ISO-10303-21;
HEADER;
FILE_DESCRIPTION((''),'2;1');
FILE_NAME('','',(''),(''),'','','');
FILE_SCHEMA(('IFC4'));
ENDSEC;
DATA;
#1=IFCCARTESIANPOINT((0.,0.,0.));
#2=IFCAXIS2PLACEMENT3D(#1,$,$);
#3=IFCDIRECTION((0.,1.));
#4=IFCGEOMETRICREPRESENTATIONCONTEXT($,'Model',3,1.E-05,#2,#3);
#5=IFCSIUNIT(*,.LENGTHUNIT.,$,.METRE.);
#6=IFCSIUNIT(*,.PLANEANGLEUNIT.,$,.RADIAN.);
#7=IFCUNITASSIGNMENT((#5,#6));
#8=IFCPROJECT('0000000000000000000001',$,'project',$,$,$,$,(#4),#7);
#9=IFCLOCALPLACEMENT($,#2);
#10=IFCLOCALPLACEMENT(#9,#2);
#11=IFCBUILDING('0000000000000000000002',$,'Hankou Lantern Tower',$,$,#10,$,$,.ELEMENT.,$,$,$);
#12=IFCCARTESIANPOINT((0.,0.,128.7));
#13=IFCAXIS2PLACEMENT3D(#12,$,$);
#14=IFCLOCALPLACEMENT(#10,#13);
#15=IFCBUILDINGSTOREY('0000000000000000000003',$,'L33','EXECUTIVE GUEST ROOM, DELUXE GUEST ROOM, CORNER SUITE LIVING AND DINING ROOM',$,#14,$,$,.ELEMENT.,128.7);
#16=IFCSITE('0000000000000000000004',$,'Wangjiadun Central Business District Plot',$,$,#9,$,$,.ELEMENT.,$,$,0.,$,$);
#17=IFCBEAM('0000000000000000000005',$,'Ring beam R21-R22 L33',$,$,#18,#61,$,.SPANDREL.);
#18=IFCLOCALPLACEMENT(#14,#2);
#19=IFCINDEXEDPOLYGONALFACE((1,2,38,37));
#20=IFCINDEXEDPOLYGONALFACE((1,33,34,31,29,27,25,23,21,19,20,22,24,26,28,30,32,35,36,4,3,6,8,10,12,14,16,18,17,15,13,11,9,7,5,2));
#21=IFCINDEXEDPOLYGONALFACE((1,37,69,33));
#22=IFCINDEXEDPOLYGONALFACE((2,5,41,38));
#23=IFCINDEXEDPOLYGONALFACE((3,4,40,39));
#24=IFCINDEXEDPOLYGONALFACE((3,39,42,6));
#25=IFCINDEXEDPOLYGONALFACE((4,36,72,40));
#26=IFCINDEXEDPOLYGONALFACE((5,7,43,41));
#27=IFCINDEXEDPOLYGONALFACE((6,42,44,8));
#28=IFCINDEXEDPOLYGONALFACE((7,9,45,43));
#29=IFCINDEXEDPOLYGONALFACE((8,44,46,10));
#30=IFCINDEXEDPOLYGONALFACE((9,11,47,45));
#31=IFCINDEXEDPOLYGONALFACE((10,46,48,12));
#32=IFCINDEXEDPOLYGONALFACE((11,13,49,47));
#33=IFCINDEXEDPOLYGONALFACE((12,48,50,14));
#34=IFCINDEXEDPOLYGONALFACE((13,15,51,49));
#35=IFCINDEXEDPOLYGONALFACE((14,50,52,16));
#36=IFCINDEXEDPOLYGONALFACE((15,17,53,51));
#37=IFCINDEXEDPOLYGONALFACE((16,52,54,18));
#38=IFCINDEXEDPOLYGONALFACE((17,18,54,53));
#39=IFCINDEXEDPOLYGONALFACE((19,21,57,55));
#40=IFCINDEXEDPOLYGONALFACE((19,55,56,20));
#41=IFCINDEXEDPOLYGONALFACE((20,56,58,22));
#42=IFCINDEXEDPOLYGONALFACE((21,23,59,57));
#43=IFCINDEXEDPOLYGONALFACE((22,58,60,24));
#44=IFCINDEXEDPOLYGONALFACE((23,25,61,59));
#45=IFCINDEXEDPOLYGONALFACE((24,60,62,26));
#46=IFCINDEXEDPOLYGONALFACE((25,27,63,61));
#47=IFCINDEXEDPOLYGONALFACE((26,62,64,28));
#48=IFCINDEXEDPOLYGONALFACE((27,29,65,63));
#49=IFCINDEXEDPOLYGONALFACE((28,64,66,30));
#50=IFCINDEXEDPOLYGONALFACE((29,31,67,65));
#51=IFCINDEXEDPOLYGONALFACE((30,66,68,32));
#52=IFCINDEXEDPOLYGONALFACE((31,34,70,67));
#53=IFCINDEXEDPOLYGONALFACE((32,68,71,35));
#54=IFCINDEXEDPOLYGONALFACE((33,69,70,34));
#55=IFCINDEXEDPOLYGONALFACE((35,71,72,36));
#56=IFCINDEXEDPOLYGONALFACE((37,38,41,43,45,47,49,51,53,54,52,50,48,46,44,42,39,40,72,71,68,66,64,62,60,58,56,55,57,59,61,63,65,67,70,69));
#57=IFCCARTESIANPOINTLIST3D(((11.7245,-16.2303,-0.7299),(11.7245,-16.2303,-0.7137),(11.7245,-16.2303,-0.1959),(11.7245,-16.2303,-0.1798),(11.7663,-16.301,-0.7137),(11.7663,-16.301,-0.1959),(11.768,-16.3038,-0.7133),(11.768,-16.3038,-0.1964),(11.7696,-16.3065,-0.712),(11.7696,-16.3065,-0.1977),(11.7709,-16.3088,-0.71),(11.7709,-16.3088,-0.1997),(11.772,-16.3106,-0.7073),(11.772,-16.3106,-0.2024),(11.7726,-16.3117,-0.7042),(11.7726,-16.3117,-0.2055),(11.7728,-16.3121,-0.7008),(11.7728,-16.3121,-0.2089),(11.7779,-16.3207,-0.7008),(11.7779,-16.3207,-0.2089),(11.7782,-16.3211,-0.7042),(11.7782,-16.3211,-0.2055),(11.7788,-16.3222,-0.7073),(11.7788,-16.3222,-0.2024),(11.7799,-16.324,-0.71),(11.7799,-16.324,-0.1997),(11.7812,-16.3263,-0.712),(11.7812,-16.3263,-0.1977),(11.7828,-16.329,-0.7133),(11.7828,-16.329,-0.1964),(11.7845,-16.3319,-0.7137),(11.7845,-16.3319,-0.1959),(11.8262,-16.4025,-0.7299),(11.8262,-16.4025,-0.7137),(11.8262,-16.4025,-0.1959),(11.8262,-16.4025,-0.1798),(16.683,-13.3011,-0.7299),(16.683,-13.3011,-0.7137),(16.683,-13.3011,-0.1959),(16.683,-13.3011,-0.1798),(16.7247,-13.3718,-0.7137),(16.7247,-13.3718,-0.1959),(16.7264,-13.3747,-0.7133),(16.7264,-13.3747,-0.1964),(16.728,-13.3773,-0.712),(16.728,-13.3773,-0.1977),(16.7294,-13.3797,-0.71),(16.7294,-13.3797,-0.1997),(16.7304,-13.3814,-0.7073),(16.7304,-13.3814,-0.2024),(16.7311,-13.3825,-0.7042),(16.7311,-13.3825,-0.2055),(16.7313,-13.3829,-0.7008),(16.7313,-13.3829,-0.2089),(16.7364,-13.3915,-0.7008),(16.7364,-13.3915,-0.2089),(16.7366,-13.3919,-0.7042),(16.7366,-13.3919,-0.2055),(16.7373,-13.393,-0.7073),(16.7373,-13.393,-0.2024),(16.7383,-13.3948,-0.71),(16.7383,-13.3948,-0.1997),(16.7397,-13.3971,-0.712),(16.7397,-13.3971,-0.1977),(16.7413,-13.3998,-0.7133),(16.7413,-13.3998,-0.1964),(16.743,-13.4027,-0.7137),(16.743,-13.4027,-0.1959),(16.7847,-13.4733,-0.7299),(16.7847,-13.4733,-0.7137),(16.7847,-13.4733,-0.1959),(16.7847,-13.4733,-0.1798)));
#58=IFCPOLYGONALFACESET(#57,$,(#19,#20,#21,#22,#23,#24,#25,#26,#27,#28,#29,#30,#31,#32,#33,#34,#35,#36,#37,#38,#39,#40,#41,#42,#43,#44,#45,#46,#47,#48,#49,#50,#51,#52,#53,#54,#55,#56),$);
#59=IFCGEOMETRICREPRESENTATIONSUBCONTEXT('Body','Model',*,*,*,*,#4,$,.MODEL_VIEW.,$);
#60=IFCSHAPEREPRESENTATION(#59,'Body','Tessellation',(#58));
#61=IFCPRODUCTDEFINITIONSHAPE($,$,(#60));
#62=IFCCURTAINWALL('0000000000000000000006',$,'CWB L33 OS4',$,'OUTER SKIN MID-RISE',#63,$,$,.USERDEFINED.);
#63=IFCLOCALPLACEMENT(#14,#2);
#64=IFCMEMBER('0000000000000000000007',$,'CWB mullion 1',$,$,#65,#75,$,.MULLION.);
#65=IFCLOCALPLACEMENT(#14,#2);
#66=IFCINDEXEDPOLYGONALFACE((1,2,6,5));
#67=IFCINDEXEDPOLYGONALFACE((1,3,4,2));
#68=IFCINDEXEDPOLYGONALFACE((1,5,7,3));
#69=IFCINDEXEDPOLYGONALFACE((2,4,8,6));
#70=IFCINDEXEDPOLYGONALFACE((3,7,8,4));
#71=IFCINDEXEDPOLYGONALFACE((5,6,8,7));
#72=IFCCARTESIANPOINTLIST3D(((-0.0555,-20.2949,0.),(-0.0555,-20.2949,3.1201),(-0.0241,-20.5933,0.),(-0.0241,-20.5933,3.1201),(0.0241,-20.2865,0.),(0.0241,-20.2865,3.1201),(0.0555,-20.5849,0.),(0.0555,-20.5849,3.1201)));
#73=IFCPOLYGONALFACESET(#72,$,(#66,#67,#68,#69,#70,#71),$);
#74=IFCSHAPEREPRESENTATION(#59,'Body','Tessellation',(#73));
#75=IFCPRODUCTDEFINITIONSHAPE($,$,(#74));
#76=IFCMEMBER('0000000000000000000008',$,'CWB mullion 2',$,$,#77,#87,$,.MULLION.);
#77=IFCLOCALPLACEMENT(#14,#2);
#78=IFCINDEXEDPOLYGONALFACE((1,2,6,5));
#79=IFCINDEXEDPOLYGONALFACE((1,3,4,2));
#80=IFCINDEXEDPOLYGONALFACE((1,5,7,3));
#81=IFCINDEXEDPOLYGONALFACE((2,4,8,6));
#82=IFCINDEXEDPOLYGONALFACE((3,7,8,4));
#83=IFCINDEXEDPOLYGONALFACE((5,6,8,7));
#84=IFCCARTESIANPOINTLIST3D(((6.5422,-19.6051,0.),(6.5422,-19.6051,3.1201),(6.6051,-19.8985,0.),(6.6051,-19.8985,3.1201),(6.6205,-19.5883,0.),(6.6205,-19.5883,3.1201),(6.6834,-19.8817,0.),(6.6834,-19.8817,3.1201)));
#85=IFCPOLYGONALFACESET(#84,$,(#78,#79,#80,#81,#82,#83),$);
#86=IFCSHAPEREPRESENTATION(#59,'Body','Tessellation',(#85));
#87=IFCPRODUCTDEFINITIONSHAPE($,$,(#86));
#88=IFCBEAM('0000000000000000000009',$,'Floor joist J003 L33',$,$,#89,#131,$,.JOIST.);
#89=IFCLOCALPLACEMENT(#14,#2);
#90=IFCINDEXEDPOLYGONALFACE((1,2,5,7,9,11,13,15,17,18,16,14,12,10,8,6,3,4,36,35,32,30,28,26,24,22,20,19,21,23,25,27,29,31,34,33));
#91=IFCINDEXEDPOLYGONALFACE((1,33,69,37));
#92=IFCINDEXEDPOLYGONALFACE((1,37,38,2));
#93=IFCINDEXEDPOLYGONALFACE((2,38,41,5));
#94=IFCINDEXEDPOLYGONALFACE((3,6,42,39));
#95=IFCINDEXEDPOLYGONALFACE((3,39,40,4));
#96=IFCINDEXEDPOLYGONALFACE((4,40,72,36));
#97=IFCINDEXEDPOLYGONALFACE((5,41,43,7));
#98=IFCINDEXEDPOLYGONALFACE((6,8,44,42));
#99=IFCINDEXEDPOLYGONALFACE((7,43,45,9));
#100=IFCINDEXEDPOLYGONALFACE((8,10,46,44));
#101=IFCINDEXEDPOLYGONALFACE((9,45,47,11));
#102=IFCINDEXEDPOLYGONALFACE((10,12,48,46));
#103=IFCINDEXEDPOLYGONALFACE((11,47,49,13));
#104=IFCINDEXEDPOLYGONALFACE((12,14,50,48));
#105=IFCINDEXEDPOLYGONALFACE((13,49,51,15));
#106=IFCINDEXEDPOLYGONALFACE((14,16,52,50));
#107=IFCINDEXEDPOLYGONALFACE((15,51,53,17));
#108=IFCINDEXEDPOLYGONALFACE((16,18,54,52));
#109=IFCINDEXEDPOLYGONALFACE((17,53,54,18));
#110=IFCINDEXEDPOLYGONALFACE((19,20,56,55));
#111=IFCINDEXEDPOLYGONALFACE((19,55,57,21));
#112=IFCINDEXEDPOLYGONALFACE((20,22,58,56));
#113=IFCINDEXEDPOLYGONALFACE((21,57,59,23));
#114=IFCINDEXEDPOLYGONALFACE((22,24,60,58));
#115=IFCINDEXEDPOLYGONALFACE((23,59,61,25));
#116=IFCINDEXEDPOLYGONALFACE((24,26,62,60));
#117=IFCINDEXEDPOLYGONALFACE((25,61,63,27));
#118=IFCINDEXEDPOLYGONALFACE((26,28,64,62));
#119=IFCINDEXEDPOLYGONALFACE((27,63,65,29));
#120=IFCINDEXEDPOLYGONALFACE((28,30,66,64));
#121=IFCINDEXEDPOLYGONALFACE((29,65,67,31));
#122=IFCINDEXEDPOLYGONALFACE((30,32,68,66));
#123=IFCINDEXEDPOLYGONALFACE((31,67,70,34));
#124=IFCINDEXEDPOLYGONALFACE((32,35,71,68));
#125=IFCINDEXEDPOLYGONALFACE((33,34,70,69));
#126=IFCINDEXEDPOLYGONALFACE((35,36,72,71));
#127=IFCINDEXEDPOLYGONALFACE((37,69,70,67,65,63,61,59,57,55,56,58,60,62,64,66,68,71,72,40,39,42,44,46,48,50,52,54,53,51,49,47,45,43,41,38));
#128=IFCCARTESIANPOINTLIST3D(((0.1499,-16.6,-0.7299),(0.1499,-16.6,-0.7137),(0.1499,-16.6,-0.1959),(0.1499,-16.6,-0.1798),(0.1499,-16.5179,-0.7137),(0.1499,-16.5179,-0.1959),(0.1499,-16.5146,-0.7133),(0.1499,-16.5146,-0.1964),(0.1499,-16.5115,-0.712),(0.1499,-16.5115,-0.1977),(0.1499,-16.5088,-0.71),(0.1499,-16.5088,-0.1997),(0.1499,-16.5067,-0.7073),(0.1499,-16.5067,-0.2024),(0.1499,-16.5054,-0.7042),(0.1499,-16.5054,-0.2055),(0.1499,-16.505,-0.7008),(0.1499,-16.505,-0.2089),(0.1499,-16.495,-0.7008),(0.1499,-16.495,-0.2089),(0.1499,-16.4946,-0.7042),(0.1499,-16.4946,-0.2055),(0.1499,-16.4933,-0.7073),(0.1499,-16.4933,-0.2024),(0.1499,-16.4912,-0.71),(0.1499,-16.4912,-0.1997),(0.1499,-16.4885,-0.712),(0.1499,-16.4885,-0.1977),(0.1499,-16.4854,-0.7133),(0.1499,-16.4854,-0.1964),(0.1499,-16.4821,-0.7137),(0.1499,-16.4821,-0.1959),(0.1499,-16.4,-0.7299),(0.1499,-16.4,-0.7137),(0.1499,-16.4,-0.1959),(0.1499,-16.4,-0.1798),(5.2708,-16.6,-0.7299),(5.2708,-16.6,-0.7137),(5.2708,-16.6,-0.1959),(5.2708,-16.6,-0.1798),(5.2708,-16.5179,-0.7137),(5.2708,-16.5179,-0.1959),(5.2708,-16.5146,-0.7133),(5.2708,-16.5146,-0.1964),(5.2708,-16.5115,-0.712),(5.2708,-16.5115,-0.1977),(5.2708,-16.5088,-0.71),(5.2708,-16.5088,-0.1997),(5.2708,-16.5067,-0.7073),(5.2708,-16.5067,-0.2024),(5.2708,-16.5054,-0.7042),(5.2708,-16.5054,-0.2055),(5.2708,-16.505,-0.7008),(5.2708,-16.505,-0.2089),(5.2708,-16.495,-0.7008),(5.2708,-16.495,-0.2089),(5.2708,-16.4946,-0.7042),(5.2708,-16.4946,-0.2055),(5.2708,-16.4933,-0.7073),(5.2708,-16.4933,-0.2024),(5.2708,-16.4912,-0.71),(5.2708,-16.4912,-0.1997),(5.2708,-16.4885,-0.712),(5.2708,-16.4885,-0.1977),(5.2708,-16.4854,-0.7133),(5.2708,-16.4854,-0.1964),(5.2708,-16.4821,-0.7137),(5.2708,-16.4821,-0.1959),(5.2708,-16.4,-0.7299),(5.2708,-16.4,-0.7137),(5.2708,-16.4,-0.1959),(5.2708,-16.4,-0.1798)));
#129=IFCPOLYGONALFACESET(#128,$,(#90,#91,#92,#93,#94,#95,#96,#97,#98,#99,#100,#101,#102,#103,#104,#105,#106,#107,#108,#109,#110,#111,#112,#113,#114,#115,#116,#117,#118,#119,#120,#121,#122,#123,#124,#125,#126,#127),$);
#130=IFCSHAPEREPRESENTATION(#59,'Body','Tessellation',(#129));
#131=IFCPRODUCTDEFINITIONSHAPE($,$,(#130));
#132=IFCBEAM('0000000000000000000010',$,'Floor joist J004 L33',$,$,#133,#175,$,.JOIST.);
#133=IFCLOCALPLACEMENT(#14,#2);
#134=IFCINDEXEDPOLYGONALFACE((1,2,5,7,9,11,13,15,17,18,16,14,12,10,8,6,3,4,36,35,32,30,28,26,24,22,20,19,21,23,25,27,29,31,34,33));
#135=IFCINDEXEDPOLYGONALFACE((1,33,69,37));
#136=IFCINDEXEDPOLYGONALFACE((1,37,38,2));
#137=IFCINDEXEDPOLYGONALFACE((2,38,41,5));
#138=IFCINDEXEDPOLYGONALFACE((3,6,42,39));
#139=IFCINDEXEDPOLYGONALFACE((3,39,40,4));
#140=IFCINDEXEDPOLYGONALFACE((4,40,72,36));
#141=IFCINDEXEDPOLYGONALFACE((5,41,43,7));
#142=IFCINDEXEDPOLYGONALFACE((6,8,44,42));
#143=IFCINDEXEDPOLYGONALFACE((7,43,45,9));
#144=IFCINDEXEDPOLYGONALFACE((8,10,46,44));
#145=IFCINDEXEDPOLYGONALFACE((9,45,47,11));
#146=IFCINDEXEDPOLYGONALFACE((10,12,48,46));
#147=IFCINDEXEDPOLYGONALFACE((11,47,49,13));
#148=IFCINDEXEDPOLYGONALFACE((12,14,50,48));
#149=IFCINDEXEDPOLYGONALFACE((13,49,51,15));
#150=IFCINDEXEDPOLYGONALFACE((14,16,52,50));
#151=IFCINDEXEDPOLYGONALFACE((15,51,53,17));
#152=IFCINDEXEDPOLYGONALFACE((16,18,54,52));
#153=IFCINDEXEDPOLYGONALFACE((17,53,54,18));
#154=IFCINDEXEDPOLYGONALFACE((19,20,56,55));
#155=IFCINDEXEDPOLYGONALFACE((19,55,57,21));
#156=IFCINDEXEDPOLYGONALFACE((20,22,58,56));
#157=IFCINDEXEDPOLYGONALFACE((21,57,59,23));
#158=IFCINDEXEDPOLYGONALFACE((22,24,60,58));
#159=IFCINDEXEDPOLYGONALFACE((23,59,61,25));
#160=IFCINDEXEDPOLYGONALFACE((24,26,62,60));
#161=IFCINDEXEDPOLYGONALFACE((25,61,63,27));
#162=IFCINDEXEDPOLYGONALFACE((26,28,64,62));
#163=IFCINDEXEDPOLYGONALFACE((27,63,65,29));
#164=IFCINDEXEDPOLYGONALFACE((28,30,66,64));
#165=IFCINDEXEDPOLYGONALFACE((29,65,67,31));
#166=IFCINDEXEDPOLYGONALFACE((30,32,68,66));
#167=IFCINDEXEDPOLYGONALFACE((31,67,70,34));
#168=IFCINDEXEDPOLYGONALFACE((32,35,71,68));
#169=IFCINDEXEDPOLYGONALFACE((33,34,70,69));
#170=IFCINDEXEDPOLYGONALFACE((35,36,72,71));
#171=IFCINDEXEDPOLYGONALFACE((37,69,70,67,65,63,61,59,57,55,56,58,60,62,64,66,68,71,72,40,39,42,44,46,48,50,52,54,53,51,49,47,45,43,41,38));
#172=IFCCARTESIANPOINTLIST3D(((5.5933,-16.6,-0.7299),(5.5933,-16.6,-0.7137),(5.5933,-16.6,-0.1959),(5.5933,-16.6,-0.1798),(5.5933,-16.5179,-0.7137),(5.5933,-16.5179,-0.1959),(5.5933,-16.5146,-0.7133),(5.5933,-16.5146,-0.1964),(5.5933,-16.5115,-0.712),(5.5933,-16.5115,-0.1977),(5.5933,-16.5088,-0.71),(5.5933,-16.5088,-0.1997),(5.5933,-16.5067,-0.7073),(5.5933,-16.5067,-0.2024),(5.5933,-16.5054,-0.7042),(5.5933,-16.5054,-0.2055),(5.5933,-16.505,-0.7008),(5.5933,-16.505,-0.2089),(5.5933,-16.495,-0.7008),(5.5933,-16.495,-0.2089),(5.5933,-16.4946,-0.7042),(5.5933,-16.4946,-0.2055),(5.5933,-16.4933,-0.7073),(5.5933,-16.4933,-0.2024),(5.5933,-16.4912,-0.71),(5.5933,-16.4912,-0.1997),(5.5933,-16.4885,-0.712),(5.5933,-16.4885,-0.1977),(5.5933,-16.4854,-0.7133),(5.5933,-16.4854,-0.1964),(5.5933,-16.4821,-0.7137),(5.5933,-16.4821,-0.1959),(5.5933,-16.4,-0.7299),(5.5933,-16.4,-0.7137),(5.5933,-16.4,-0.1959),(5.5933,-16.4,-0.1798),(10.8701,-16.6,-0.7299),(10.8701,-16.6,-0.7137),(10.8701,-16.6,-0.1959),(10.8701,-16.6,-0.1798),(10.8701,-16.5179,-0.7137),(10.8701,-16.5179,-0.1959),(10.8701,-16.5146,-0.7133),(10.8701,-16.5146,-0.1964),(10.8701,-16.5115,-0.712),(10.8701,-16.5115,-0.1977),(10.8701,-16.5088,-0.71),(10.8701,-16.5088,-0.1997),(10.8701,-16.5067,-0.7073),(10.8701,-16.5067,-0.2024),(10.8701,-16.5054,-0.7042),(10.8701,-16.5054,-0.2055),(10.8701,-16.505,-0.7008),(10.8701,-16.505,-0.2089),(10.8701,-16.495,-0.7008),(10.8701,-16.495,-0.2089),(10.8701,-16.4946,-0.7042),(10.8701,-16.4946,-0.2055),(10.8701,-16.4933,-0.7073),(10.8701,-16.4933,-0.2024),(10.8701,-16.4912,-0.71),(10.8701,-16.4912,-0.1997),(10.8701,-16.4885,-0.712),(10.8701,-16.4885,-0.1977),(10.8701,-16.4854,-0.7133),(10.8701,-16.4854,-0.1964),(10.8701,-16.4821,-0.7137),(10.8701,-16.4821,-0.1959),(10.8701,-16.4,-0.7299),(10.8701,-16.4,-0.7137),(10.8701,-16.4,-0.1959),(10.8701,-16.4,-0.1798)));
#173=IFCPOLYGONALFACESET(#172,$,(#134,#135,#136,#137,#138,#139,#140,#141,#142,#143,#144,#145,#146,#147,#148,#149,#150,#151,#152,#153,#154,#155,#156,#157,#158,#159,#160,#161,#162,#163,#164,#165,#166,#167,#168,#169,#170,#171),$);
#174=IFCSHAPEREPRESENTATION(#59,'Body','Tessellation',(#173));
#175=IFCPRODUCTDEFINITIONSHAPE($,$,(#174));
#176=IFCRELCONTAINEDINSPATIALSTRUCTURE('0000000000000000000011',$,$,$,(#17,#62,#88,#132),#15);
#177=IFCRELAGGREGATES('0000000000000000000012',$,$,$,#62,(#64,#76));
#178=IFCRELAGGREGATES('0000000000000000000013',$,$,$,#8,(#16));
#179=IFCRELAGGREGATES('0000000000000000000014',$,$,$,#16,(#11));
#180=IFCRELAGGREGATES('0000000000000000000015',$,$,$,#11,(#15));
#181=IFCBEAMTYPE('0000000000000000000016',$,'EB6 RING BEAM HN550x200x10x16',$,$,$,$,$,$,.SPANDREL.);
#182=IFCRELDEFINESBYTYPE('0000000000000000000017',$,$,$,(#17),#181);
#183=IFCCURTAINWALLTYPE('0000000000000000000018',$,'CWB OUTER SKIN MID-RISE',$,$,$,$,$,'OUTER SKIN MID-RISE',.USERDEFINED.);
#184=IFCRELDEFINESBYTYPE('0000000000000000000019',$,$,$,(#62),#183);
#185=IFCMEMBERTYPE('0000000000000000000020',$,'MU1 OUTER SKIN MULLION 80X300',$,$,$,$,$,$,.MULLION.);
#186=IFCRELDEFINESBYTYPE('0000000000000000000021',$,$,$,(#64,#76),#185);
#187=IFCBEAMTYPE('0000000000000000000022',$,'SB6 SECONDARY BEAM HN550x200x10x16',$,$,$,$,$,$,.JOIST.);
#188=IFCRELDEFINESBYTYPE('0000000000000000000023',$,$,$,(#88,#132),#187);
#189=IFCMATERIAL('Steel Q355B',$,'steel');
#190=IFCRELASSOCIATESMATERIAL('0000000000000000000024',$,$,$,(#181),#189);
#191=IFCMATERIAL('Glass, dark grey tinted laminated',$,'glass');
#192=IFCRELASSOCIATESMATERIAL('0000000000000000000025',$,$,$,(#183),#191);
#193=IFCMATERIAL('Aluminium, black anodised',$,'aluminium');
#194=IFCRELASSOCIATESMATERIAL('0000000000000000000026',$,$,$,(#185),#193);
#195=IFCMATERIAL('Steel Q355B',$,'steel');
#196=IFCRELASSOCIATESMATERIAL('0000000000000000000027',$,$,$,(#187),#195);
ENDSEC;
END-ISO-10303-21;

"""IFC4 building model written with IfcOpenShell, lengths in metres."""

from ifc_helpers import new_model, si_unit, direction, frame, origin, origin_2d, place, context, subcontext, project, spatial, rectangle, i_section, extrude, material, material_profile, profile_set, type_object, element, aggregate, save


model = new_model("IFC4")

# Units and contexts
model_context = context("Model", 3, precision=1e-05, world=origin(), true_north=direction((0.0, 1.0)))
body_context = subcontext(model_context, "Body", "Model", "MODEL_VIEW")
ifc_project = project(units=[si_unit("LENGTHUNIT", "METRE"), si_unit("PLANEANGLEUNIT", "RADIAN")], contexts=[model_context])

# Site, building, storey
site_placement = place(None, origin())
site = spatial("IfcSite", under=ifc_project, at=site_placement, Name="Wangjiadun Central Business District Plot", CompositionType="ELEMENT", RefElevation=0.0)
building_placement = place(site_placement, origin())
building = spatial("IfcBuilding", under=site, at=building_placement, Name="Hankou Lantern Tower", CompositionType="ELEMENT")
storey_placement = place(building_placement, frame((0.0, 0.0, 128.7)))
storey = spatial("IfcBuildingStorey", under=building, at=storey_placement, Name="L33", Description="EXECUTIVE GUEST ROOM, DELUXE GUEST ROOM, CORNER SUITE LIVING AND DINING ROOM", CompositionType="ELEMENT", Elevation=128.7)

# Beam
ifc_material_1 = material(Name="Steel Q355B", Category="steel")
ifc_material_profile_1 = material_profile(ifc_material_1, i_section(OverallWidth=0.2, OverallDepth=0.55, WebThickness=0.01, FlangeThickness=0.0161, FilletRadius=0.0129, at=origin_2d()), Name="HN550x200x10x16")
ifc_profile_set_1 = profile_set([ifc_material_profile_1], Name="Steel Q355B")
beam_type_1 = type_object("IfcBeamType", Name="EB6 RING BEAM HN550x200x10x16", PredefinedType="SPANDREL", material=ifc_profile_set_1)
beam_1_placement = place(storey_placement, frame((11.7754, -16.3164, -0.4548), z_axis=(0.860989, 0.508624, 0.0), x_axis=(-0.508624, 0.860989, 0.0)))
element("IfcBeam", 1, at=beam_1_placement, inside=storey, type_object=beam_type_1, Name="Ring beam R21-R22 L33", PredefinedType="SPANDREL", context=body_context, shape_type="SweptSolid", body=[
    extrude(i_section(OverallWidth=0.2, OverallDepth=0.55, WebThickness=0.01, FlangeThickness=0.0161, FilletRadius=0.0129, at=origin_2d()), origin(), (0.0, 0.0, 1.0), 5.759),
])

# Curtain wall, members
ifc_material_2 = material(Name="Glass, dark grey tinted laminated", Category="glass")
curtain_wall_type = type_object("IfcCurtainWallType", Name="CWB OUTER SKIN MID-RISE", ElementType="OUTER SKIN MID-RISE", PredefinedType="USERDEFINED", material=ifc_material_2)
curtain_wall_placement = place(storey_placement, origin())
curtain_wall = element("IfcCurtainWall", 2, at=curtain_wall_placement, inside=storey, type_object=curtain_wall_type, Name="CWB L33 OS4", ObjectType="OUTER SKIN MID-RISE", PredefinedType="USERDEFINED")
ifc_material_3 = material(Name="Aluminium, black anodised", Category="aluminium")
ifc_material_profile_2 = material_profile(ifc_material_3, rectangle(XDim=0.0801, YDim=0.3, at=origin_2d()), Name="MU1 80X300")
ifc_profile_set_2 = profile_set([ifc_material_profile_2], Name="Aluminium, black anodised")
member_type_1 = type_object("IfcMemberType", Name="MU1 OUTER SKIN MULLION 80X300", PredefinedType="MULLION", material=ifc_profile_set_2)
member_1_placement = place(storey_placement, frame((0.0, -20.4399, 0.0), z_axis=(0.0, 0.0, 1.0), x_axis=(0.994499, 0.104743, 0.0)))
member_1 = element("IfcMember", 3, at=member_1_placement, type_object=member_type_1, Name="CWB mullion 1", PredefinedType="MULLION", context=body_context, shape_type="SweptSolid", body=[
    extrude(rectangle(XDim=0.0801, YDim=0.3, at=origin_2d()), origin(), (0.0, 0.0, 1.0), 3.1201),
])
member_2_placement = place(storey_placement, frame((6.6128, -19.7434, 0.0), z_axis=(0.0, 0.0, 1.0), x_axis=(0.977788, 0.209598, 0.0)))
member_2 = element("IfcMember", 4, at=member_2_placement, type_object=member_type_1, Name="CWB mullion 2", PredefinedType="MULLION", context=body_context, shape_type="SweptSolid", body=[
    extrude(rectangle(XDim=0.0801, YDim=0.3, at=origin_2d()), origin(), (0.0, 0.0, 1.0), 3.1201),
])

# Beams
ifc_material_4 = material(Name="Steel Q355B", Category="steel")
ifc_material_profile_3 = material_profile(ifc_material_4, i_section(OverallWidth=0.2, OverallDepth=0.55, WebThickness=0.01, FlangeThickness=0.0161, FilletRadius=0.0129, at=origin_2d()), Name="HN550x200x10x16")
ifc_profile_set_3 = profile_set([ifc_material_profile_3], Name="Steel Q355B")
beam_type_2 = type_object("IfcBeamType", Name="SB6 SECONDARY BEAM HN550x200x10x16", PredefinedType="JOIST", material=ifc_profile_set_3)
beam_2_placement = place(storey_placement, frame((0.1499, -16.5, -0.4548), z_axis=(1.0, 0.0, 0.0), x_axis=(0.0, 1.0, 0.0)))
element("IfcBeam", 5, at=beam_2_placement, inside=storey, type_object=beam_type_2, Name="Floor joist J003 L33", PredefinedType="JOIST", context=body_context, shape_type="SweptSolid", body=[
    extrude(i_section(OverallWidth=0.2, OverallDepth=0.55, WebThickness=0.01, FlangeThickness=0.0161, FilletRadius=0.0129, at=origin_2d()), origin(), (0.0, 0.0, 1.0), 5.1208),
])
beam_3_placement = place(storey_placement, frame((5.5933, -16.5, -0.4548), z_axis=(1.0, 0.0, 0.0), x_axis=(0.0, 1.0, 0.0)))
element("IfcBeam", 6, at=beam_3_placement, inside=storey, type_object=beam_type_2, Name="Floor joist J004 L33", PredefinedType="JOIST", context=body_context, shape_type="SweptSolid", body=[
    extrude(i_section(OverallWidth=0.2, OverallDepth=0.55, WebThickness=0.01, FlangeThickness=0.0161, FilletRadius=0.0129, at=origin_2d()), origin(), (0.0, 0.0, 1.0), 5.2769),
])

aggregate(curtain_wall, [member_1, member_2])

save(model, "model.ifc")
